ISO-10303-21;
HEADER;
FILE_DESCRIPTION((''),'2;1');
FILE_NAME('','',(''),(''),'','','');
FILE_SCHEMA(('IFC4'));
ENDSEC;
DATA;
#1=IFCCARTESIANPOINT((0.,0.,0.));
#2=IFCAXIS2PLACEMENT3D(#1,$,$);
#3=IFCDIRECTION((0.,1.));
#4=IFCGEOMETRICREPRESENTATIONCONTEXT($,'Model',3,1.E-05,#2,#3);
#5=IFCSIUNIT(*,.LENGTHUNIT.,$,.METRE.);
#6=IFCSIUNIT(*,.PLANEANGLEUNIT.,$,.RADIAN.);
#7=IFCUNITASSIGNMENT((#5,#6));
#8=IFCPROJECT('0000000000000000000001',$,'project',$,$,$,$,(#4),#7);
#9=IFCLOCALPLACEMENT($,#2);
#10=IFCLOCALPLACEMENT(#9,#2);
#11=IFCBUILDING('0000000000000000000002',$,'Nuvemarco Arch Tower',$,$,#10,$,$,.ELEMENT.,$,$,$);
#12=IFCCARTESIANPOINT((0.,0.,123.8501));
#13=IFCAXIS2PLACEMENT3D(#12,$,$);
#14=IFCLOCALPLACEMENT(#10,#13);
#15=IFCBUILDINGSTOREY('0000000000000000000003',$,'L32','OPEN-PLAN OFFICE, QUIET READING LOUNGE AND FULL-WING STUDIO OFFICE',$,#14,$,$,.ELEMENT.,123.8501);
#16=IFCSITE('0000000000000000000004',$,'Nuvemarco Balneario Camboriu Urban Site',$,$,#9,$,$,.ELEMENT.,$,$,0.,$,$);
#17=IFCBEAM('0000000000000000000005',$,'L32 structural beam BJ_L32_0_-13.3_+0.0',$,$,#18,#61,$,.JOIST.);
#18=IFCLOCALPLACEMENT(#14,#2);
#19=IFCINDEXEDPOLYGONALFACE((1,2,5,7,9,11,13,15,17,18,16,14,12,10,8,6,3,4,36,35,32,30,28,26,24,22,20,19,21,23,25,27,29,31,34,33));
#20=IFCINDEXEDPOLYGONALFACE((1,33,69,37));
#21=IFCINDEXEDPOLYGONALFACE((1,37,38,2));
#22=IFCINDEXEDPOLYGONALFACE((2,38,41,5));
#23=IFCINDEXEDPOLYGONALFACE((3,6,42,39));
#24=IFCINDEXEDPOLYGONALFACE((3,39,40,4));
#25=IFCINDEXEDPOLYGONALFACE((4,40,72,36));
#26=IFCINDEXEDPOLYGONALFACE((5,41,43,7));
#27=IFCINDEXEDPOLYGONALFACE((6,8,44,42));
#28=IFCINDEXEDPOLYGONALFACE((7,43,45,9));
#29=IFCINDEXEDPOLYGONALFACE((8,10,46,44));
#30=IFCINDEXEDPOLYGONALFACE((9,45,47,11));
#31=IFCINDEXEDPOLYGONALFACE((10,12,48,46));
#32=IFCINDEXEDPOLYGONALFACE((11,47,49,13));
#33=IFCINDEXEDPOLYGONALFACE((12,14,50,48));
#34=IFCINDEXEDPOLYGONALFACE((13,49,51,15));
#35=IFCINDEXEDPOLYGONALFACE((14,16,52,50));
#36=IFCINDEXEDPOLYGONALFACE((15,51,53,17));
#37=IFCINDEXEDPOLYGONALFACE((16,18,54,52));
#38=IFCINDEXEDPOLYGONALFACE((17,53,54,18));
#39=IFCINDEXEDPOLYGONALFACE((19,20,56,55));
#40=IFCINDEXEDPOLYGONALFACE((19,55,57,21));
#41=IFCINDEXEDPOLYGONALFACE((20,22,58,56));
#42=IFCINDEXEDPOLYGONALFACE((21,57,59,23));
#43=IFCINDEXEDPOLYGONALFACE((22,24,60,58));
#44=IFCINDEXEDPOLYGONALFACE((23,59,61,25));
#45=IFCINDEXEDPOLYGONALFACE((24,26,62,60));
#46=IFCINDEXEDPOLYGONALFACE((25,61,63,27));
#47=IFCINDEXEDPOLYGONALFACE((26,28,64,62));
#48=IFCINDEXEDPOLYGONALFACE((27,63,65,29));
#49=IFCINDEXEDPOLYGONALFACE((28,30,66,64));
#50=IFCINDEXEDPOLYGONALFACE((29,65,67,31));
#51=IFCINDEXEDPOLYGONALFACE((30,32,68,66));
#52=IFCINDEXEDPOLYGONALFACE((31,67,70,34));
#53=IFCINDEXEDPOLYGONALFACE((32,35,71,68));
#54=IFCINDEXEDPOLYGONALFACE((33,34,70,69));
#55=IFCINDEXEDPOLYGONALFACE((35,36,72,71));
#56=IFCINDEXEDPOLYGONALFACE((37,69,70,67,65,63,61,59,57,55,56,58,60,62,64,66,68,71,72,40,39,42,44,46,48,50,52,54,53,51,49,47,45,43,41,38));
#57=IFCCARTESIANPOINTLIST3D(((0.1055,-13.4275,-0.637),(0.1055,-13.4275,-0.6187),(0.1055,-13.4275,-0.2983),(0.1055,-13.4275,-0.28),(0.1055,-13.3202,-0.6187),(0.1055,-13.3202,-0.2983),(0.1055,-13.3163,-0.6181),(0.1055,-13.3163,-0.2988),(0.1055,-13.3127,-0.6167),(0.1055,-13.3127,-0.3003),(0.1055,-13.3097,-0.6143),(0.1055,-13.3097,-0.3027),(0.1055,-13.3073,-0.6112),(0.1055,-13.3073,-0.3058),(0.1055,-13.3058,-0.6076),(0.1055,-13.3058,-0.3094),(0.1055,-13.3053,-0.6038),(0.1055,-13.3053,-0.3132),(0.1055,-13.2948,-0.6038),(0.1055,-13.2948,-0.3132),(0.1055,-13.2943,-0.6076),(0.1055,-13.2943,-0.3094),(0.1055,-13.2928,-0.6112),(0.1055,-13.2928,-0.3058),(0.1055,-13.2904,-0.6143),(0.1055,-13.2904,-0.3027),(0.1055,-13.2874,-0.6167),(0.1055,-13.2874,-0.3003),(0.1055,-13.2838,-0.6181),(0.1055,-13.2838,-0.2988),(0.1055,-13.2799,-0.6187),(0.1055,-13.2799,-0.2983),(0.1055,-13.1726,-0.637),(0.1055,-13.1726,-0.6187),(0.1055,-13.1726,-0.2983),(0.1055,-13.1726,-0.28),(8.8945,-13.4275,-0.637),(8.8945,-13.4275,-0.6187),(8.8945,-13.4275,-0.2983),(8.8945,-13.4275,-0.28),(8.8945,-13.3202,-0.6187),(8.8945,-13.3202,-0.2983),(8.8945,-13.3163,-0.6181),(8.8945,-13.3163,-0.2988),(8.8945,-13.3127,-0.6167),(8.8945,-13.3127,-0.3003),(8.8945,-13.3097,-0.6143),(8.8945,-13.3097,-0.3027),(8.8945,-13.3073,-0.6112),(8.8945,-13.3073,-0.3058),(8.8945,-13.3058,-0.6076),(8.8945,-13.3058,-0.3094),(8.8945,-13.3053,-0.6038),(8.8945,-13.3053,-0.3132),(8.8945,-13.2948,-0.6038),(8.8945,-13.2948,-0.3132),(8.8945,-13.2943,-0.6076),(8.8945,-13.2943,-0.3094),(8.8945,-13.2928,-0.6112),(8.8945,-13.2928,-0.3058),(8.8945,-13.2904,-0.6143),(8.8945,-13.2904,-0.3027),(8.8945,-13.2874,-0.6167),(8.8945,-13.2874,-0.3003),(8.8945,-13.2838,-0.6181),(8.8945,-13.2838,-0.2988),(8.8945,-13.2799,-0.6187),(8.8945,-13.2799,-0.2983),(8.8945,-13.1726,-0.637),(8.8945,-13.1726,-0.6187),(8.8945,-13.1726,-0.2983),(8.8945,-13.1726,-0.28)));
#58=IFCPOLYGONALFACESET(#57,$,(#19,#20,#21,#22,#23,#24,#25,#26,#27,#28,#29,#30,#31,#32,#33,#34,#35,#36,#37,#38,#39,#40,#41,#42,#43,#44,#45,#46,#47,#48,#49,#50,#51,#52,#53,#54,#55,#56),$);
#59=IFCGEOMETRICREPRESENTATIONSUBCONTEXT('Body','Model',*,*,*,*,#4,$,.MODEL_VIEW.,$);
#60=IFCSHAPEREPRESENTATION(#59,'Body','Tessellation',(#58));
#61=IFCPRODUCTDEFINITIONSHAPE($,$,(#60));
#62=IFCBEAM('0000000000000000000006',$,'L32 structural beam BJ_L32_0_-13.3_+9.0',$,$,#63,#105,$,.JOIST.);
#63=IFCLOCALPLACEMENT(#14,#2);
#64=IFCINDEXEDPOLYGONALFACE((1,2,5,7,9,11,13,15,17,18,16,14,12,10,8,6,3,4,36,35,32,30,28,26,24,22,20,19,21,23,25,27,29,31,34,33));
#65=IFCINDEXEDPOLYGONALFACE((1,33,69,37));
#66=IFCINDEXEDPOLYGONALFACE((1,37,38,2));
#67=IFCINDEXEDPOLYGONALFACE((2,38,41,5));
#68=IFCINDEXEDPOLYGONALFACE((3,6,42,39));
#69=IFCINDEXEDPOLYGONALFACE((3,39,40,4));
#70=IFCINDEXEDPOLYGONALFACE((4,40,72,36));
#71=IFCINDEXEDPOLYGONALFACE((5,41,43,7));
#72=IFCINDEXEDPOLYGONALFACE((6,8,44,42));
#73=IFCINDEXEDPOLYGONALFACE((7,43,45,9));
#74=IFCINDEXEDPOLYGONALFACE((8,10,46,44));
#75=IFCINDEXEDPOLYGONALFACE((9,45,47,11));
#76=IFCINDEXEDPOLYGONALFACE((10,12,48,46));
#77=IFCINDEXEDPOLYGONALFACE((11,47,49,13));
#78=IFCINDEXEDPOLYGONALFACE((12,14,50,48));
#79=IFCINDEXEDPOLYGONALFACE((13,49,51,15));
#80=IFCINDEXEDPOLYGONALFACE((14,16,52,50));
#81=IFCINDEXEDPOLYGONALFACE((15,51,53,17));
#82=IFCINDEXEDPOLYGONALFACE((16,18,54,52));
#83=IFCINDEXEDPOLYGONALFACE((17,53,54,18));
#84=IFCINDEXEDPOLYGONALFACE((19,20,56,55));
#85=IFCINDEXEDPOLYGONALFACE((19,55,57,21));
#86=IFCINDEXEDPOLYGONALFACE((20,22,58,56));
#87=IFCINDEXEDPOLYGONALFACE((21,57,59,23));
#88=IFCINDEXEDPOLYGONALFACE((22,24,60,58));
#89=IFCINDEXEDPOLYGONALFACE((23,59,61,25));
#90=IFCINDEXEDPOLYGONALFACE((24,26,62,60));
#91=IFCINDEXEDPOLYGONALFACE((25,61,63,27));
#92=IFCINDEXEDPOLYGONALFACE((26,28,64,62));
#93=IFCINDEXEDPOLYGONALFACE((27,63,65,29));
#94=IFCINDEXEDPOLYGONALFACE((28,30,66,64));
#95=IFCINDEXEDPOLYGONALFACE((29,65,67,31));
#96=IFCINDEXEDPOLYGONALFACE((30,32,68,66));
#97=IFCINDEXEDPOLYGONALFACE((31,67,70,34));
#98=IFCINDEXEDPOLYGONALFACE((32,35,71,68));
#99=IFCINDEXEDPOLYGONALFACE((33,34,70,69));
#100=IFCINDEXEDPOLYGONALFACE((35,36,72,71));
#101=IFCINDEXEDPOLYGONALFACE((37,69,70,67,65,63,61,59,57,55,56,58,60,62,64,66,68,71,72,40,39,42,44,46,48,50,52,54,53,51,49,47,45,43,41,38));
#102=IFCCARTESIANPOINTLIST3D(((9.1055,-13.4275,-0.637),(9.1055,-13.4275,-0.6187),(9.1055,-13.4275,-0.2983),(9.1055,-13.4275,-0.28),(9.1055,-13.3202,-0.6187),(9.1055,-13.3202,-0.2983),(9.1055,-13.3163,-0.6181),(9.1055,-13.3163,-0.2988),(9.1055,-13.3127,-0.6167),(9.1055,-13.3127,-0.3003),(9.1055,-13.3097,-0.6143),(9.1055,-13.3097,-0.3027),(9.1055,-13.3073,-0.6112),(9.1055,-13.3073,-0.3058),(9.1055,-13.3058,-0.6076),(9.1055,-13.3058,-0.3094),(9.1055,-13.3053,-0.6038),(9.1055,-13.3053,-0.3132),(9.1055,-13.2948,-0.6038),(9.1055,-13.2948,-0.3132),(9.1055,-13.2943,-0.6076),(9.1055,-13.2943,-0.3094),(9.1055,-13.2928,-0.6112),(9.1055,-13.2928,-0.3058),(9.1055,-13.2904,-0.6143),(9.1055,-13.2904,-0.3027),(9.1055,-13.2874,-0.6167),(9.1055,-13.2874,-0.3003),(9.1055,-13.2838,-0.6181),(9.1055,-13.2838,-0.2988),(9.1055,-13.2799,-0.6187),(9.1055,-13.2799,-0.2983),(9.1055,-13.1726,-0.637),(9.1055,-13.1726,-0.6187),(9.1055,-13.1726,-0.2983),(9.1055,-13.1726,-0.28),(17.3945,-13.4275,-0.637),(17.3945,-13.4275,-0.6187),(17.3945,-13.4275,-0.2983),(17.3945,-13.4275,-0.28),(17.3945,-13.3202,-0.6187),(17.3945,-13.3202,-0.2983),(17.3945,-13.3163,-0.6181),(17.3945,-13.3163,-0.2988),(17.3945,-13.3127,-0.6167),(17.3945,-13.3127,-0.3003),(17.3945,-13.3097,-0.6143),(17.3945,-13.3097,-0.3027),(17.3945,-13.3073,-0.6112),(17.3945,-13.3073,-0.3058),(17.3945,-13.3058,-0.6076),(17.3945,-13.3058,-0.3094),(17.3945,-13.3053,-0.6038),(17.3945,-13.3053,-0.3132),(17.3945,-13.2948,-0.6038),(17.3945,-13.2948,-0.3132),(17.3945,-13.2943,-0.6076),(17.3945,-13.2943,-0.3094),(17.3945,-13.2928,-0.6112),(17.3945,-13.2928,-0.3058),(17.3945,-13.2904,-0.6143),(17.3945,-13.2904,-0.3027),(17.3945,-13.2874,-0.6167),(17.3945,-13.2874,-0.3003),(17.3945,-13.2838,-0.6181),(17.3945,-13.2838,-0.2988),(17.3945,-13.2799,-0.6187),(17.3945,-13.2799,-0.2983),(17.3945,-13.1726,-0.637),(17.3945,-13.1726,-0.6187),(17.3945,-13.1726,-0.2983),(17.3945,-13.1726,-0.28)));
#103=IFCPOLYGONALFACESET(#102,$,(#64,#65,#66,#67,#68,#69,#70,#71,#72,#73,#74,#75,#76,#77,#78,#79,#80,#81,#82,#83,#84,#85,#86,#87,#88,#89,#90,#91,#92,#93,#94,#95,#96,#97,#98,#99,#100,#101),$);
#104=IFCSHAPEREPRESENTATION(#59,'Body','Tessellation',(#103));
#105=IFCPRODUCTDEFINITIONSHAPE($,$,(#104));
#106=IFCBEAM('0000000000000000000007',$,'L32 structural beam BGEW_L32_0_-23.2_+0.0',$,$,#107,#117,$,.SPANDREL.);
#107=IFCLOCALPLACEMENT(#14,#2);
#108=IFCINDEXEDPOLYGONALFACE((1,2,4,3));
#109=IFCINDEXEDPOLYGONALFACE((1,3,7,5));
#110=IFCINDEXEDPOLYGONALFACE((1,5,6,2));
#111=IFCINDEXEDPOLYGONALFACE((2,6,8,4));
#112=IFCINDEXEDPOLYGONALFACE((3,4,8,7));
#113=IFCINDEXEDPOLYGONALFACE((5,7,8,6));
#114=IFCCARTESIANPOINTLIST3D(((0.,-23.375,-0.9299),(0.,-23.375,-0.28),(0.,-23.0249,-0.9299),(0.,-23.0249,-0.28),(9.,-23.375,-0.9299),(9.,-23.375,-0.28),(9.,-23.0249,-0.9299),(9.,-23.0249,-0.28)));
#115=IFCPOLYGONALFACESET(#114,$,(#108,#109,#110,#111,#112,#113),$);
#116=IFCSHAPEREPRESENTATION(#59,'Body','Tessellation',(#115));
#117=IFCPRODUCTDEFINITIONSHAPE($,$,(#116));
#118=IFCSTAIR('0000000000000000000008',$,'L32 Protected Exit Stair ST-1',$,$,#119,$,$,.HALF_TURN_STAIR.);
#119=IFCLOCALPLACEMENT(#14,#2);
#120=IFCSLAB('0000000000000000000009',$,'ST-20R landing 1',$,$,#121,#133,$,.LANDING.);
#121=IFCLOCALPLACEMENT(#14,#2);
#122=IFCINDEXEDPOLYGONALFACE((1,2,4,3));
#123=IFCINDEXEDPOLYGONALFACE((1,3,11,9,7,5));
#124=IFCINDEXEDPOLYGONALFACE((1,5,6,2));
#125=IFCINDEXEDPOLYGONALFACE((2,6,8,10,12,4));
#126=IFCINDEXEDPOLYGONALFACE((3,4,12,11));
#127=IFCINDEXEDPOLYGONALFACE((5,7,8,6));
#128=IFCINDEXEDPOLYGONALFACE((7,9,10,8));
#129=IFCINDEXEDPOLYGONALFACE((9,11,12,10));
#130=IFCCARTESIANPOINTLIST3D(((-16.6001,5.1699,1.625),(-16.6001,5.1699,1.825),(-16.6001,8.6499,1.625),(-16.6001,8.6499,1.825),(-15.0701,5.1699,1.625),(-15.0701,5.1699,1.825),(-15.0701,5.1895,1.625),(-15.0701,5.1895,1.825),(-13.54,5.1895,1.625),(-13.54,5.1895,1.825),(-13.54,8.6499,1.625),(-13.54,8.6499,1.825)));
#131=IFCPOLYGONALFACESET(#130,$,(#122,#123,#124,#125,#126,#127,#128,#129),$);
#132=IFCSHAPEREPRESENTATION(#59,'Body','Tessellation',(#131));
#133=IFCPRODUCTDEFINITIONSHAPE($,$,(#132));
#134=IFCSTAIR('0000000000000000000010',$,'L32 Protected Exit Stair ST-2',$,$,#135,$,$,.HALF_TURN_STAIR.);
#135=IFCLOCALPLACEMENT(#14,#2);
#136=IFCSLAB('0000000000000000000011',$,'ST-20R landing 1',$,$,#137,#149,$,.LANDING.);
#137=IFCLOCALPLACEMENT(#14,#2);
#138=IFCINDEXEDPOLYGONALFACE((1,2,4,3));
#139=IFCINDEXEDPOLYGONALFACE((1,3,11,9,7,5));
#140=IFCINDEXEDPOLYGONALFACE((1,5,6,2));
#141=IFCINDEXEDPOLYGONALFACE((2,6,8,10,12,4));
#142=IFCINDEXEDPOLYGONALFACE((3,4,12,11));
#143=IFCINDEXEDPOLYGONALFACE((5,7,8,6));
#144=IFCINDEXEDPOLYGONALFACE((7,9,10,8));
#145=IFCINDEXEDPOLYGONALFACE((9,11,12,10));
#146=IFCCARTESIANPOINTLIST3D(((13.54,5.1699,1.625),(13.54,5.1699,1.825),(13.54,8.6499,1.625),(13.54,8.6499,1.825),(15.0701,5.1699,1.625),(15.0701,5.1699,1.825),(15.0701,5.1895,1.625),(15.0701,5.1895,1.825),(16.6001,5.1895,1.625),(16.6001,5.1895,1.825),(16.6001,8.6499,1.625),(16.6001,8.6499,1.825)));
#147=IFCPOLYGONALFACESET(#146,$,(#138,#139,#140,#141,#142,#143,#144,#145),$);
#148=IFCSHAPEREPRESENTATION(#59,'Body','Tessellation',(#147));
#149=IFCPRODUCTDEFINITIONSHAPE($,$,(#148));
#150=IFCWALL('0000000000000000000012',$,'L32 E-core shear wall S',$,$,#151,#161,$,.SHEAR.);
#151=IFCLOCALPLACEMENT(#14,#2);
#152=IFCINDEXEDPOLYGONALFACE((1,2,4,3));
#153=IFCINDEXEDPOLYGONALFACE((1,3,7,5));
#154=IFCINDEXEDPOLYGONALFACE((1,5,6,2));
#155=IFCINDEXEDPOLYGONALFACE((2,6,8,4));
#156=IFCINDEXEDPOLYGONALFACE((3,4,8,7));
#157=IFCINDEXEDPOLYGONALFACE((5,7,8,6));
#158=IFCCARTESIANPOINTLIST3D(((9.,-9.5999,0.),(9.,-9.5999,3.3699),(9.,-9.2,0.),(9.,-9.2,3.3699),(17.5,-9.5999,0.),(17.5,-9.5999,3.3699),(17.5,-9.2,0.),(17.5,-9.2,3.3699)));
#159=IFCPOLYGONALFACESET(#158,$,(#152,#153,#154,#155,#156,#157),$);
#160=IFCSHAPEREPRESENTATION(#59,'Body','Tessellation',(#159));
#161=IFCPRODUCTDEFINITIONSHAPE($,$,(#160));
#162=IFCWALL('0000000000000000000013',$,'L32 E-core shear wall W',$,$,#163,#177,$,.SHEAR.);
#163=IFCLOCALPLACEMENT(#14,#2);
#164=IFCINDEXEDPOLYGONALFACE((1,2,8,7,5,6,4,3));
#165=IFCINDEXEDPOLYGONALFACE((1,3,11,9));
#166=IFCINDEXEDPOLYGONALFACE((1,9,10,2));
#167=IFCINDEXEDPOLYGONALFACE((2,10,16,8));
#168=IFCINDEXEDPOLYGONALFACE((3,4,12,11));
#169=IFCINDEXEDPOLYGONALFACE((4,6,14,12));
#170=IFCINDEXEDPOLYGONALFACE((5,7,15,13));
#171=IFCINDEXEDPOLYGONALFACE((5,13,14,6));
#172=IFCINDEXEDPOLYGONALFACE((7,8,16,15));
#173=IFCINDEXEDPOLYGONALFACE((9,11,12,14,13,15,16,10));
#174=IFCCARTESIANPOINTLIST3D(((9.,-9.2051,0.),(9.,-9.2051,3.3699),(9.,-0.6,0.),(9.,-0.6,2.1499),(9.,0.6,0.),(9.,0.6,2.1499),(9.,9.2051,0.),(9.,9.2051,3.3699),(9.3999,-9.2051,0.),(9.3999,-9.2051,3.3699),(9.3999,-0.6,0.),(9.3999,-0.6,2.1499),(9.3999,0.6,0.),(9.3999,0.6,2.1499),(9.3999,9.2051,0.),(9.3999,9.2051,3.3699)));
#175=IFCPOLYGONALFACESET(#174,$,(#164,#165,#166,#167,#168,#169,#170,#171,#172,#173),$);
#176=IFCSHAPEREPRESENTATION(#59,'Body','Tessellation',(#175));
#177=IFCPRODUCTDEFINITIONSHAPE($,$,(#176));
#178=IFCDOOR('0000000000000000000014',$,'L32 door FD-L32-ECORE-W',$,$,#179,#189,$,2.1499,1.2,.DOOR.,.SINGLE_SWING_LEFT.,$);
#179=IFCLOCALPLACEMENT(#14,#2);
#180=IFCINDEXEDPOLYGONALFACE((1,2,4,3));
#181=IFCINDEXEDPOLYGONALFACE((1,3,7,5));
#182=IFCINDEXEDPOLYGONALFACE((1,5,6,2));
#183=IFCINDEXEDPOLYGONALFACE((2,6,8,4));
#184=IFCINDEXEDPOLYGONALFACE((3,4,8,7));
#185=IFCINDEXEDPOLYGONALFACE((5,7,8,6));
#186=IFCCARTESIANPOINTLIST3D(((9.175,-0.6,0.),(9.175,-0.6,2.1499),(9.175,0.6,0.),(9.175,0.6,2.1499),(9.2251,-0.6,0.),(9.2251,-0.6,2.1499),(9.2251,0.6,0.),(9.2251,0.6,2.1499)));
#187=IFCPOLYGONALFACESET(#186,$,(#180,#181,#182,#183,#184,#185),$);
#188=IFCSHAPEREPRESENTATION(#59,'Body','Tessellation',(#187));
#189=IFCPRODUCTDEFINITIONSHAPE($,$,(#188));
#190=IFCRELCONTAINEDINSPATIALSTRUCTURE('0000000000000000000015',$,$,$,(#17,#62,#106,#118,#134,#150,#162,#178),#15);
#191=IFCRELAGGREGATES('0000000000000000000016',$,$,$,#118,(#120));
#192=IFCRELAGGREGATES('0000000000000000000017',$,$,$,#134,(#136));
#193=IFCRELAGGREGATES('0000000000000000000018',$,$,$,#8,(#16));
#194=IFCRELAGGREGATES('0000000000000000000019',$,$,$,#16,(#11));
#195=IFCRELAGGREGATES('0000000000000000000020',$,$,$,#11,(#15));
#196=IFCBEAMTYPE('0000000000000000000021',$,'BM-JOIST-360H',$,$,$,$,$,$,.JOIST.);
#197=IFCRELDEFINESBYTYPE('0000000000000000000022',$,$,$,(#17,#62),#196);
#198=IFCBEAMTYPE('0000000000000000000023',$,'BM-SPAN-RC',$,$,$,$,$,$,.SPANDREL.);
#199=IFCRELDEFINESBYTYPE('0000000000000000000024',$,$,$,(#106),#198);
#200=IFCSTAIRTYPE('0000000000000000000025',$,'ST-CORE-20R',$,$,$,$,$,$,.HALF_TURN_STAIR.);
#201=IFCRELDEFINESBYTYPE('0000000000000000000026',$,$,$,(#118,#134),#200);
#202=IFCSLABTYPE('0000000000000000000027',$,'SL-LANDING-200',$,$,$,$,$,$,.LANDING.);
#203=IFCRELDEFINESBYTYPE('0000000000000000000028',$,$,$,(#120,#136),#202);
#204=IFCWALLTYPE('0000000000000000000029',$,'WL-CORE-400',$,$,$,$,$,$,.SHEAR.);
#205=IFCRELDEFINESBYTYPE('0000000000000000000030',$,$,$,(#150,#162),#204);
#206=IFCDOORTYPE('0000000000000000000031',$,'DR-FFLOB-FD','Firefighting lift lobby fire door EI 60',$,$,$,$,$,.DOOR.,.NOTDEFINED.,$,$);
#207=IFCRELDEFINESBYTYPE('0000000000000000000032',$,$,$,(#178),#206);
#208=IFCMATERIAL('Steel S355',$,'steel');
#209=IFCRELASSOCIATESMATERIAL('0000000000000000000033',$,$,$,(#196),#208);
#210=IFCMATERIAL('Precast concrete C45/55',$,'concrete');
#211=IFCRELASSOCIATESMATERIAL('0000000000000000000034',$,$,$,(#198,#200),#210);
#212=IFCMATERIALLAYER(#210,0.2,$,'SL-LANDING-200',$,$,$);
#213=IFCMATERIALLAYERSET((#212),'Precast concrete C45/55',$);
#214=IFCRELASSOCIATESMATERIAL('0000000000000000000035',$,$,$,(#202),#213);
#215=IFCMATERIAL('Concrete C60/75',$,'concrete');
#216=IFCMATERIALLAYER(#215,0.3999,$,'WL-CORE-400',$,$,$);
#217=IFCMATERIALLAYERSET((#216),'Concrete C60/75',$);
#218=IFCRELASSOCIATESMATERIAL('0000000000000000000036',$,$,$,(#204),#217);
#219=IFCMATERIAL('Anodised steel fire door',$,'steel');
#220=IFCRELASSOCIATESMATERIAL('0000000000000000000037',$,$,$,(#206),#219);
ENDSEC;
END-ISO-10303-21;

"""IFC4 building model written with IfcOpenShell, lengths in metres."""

from ifc_helpers import new_model, si_unit, direction, frame, frame_2d, origin, origin_2d, place, context, subcontext, project, spatial, polyline, rectangle, i_section, outline, extrude, source, transform, mapped, material, layer, layer_set, material_profile, profile_set, type_object, type_shapes, element, fill, aggregate, save


model = new_model("IFC4")

# Units and contexts
model_context = context("Model", 3, precision=1e-05, world=origin(), true_north=direction((0.0, 1.0)))
body_context = subcontext(model_context, "Body", "Model", "MODEL_VIEW")
ifc_project = project(units=[si_unit("LENGTHUNIT", "METRE"), si_unit("PLANEANGLEUNIT", "RADIAN")], contexts=[model_context])

# Site, building, storey
site_placement = place(None, origin())
site = spatial("IfcSite", under=ifc_project, at=site_placement, Name="Nuvemarco Balneario Camboriu Urban Site", CompositionType="ELEMENT", RefElevation=0.0)
building_placement = place(site_placement, origin())
building = spatial("IfcBuilding", under=site, at=building_placement, Name="Nuvemarco Arch Tower", CompositionType="ELEMENT")
storey_placement = place(building_placement, frame((0.0, 0.0, 123.8501)))
storey = spatial("IfcBuildingStorey", under=building, at=storey_placement, Name="L32", Description="OPEN-PLAN OFFICE, QUIET READING LOUNGE AND FULL-WING STUDIO OFFICE", CompositionType="ELEMENT", Elevation=123.8501)

# Shared definitions
ifc_material_1 = material(Name="Steel S355", Category="steel")

# Beams
ifc_material_2 = material(Name="Concrete C60/75", Category="concrete")
ifc_material_profile_1 = material_profile(ifc_material_1, i_section(OverallWidth=0.2549, OverallDepth=0.3569, WebThickness=0.0105, FlangeThickness=0.0183, FilletRadius=0.0149, at=origin_2d()), Name="W360x101")
ifc_profile_set_1 = profile_set([ifc_material_profile_1], Name="Steel S355")
beam_type_1 = type_object("IfcBeamType", Name="BM-JOIST-360H", PredefinedType="JOIST", material=ifc_profile_set_1)
beam_1_placement = place(storey_placement, frame((0.1055, -13.3, -0.4585), z_axis=(1.0, 0.0, 0.0), x_axis=(0.0, 1.0, 0.0)))
element("IfcBeam", 1, at=beam_1_placement, inside=storey, type_object=beam_type_1, Name="L32 structural beam BJ_L32_0_-13.3_+0.0", PredefinedType="JOIST", context=body_context, shape_type="SweptSolid", body=[
    extrude(i_section(OverallWidth=0.2549, OverallDepth=0.3569, WebThickness=0.0105, FlangeThickness=0.0183, FilletRadius=0.0149, at=origin_2d()), origin(), (0.0, 0.0, 1.0), 8.7891),
])
beam_2_placement = place(storey_placement, frame((9.1055, -13.3, -0.4585), z_axis=(1.0, 0.0, 0.0), x_axis=(0.0, 1.0, 0.0)))
element("IfcBeam", 2, at=beam_2_placement, inside=storey, type_object=beam_type_1, Name="L32 structural beam BJ_L32_0_-13.3_+9.0", PredefinedType="JOIST", context=body_context, shape_type="SweptSolid", body=[
    extrude(i_section(OverallWidth=0.2549, OverallDepth=0.3569, WebThickness=0.0105, FlangeThickness=0.0183, FilletRadius=0.0149, at=origin_2d()), origin(), (0.0, 0.0, 1.0), 8.2891),
])
ifc_material_3 = material(Name="Precast concrete C45/55", Category="concrete")
ifc_material_profile_2 = material_profile(ifc_material_3, rectangle(XDim=0.3501, YDim=0.6499, at=origin_2d()), Name="PC-SP-350x650")
ifc_profile_set_2 = profile_set([ifc_material_profile_2], Name="Precast concrete C45/55")
beam_type_2 = type_object("IfcBeamType", Name="BM-SPAN-RC", PredefinedType="SPANDREL", material=ifc_profile_set_2)
beam_3_placement = place(storey_placement, frame((0.0, -23.2, -0.605), z_axis=(1.0, 0.0, 0.0), x_axis=(0.0, 1.0, 0.0)))
element("IfcBeam", 3, at=beam_3_placement, inside=storey, type_object=beam_type_2, Name="L32 structural beam BGEW_L32_0_-23.2_+0.0", PredefinedType="SPANDREL", context=body_context, shape_type="SweptSolid", body=[
    extrude(rectangle(XDim=0.3501, YDim=0.6499, at=origin_2d()), origin(), (0.0, 0.0, 1.0), 9.0),
])

# Stairs, slabs
stair_type = type_object("IfcStairType", Name="ST-CORE-20R", PredefinedType="HALF_TURN_STAIR", material=ifc_material_3)
stair_1_placement = place(storey_placement, origin())
stair_1 = element("IfcStair", 4, at=stair_1_placement, inside=storey, type_object=stair_type, Name="L32 Protected Exit Stair ST-1", PredefinedType="HALF_TURN_STAIR")
ifc_layer_1 = layer(ifc_material_3, 0.2, Name="SL-LANDING-200")
ifc_layer_set_1 = layer_set([ifc_layer_1], Name="Precast concrete C45/55")
slab_type = type_object("IfcSlabType", Name="SL-LANDING-200", PredefinedType="LANDING", material=ifc_layer_set_1)
slab_1_placement = place(storey_placement, frame((0.0, 0.0, 1.625)))
slab_1 = element("IfcSlab", 5, at=slab_1_placement, type_object=slab_type, Name="ST-20R landing 1", PredefinedType="LANDING", context=body_context, shape_type="SweptSolid", body=[
    extrude(outline(polyline([(-13.54, 5.1895), (-13.54, 8.6499), (-16.6001, 8.6499), (-16.6001, 5.1699), (-15.0701, 5.1699), (-15.0701, 5.1895), (-13.54, 5.1895)])), origin(), (0.0, 0.0, 1.0), 0.2),
])
aggregate(stair_1, [slab_1])
stair_2_placement = place(storey_placement, origin())
stair_2 = element("IfcStair", 6, at=stair_2_placement, inside=storey, type_object=stair_type, Name="L32 Protected Exit Stair ST-2", PredefinedType="HALF_TURN_STAIR")
slab_2_placement = place(storey_placement, frame((0.0, 0.0, 1.625)))
slab_2 = element("IfcSlab", 7, at=slab_2_placement, type_object=slab_type, Name="ST-20R landing 1", PredefinedType="LANDING", context=body_context, shape_type="SweptSolid", body=[
    extrude(outline(polyline([(16.6001, 5.1895), (16.6001, 8.6499), (13.54, 8.6499), (13.54, 5.1699), (15.0701, 5.1699), (15.0701, 5.1895), (16.6001, 5.1895)])), origin(), (0.0, 0.0, 1.0), 0.2),
])
aggregate(stair_2, [slab_2])

# Wall
ifc_layer_2 = layer(ifc_material_2, 0.3999, Name="WL-CORE-400")
ifc_layer_set_2 = layer_set([ifc_layer_2], Name="Concrete C60/75")
wall_type_1 = type_object("IfcWallType", Name="WL-CORE-400", PredefinedType="SHEAR", material=ifc_layer_set_2)
wall_1_placement = place(storey_placement, frame((9.0, -9.3999, 0.0), z_axis=(0.0, 0.0, 1.0), x_axis=(1.0, 0.0, 0.0)))
element("IfcWall", 8, at=wall_1_placement, inside=storey, type_object=wall_type_1, Name="L32 E-core shear wall S", PredefinedType="SHEAR", context=body_context, shape_type="SweptSolid", body=[
    extrude(rectangle(XDim=8.5, YDim=0.3999, at=frame_2d((4.25, 0.0))), origin(), (0.0, 0.0, 1.0), 3.3699),
])

# Wall, opening, door
wall_2_placement = place(storey_placement, frame((9.2, -9.2051, 0.0), z_axis=(0.0, 0.0, 1.0), x_axis=(0.0, 1.0, 0.0)))
wall_2 = element("IfcWall", 9, at=wall_2_placement, inside=storey, type_object=wall_type_1, Name="L32 E-core shear wall W", PredefinedType="SHEAR", context=body_context, shape_type="SweptSolid", body=[
    extrude(rectangle(XDim=18.4102, YDim=0.3999, at=frame_2d((9.2051, 0.0))), origin(), (0.0, 0.0, 1.0), 3.3699),
])
opening_1_placement = place(wall_2_placement, frame((8.605, 0.0, 0.0)))
opening_1 = element("IfcOpeningElement", 10, at=opening_1_placement, cuts=wall_2, PredefinedType="OPENING", context=body_context, shape_type="SweptSolid", body=[
    extrude(rectangle(XDim=1.2, YDim=2.1499, at=frame_2d((0.6001, 1.075))), frame((0.0, 0.21, 0.0), z_axis=(0.0, -1.0, 0.0), x_axis=(1.0, 0.0, 0.0)), (0.0, 0.0, 1.0), 0.4199),
])
ifc_material_4 = material(Name="Anodised steel fire door", Category="steel")
door_type_1 = type_object("IfcDoorType", Name="DR-FFLOB-FD", Description="Firefighting lift lobby fire door EI 60", OperationType="NOTDEFINED", PredefinedType="DOOR", material=ifc_material_4)
shared_shape_1 = source(origin(), body_context, "Body", "SweptSolid", [
    extrude(rectangle(XDim=1.2, YDim=2.1499, at=frame_2d((0.6001, 1.075))), frame((0.0, 0.0249, 0.0), z_axis=(0.0, -1.0, 0.0), x_axis=(1.0, 0.0, 0.0)), (0.0, 0.0, 1.0), 0.05),
])
type_shapes(door_type_1, [shared_shape_1])
door_1_placement = place(opening_1_placement, origin())
door_1 = element("IfcDoor", 11, at=door_1_placement, inside=storey, type_object=door_type_1, Name="L32 door FD-L32-ECORE-W", OperationType="SINGLE_SWING_LEFT", OverallHeight=2.1499, OverallWidth=1.2, PredefinedType="DOOR", context=body_context, shape_type="MappedRepresentation", body=[
    mapped(shared_shape_1, transform((0.0, 0.0, 0.0), scale=1.0)),
])
fill(opening_1, door_1)

save(model, "model.ifc")
